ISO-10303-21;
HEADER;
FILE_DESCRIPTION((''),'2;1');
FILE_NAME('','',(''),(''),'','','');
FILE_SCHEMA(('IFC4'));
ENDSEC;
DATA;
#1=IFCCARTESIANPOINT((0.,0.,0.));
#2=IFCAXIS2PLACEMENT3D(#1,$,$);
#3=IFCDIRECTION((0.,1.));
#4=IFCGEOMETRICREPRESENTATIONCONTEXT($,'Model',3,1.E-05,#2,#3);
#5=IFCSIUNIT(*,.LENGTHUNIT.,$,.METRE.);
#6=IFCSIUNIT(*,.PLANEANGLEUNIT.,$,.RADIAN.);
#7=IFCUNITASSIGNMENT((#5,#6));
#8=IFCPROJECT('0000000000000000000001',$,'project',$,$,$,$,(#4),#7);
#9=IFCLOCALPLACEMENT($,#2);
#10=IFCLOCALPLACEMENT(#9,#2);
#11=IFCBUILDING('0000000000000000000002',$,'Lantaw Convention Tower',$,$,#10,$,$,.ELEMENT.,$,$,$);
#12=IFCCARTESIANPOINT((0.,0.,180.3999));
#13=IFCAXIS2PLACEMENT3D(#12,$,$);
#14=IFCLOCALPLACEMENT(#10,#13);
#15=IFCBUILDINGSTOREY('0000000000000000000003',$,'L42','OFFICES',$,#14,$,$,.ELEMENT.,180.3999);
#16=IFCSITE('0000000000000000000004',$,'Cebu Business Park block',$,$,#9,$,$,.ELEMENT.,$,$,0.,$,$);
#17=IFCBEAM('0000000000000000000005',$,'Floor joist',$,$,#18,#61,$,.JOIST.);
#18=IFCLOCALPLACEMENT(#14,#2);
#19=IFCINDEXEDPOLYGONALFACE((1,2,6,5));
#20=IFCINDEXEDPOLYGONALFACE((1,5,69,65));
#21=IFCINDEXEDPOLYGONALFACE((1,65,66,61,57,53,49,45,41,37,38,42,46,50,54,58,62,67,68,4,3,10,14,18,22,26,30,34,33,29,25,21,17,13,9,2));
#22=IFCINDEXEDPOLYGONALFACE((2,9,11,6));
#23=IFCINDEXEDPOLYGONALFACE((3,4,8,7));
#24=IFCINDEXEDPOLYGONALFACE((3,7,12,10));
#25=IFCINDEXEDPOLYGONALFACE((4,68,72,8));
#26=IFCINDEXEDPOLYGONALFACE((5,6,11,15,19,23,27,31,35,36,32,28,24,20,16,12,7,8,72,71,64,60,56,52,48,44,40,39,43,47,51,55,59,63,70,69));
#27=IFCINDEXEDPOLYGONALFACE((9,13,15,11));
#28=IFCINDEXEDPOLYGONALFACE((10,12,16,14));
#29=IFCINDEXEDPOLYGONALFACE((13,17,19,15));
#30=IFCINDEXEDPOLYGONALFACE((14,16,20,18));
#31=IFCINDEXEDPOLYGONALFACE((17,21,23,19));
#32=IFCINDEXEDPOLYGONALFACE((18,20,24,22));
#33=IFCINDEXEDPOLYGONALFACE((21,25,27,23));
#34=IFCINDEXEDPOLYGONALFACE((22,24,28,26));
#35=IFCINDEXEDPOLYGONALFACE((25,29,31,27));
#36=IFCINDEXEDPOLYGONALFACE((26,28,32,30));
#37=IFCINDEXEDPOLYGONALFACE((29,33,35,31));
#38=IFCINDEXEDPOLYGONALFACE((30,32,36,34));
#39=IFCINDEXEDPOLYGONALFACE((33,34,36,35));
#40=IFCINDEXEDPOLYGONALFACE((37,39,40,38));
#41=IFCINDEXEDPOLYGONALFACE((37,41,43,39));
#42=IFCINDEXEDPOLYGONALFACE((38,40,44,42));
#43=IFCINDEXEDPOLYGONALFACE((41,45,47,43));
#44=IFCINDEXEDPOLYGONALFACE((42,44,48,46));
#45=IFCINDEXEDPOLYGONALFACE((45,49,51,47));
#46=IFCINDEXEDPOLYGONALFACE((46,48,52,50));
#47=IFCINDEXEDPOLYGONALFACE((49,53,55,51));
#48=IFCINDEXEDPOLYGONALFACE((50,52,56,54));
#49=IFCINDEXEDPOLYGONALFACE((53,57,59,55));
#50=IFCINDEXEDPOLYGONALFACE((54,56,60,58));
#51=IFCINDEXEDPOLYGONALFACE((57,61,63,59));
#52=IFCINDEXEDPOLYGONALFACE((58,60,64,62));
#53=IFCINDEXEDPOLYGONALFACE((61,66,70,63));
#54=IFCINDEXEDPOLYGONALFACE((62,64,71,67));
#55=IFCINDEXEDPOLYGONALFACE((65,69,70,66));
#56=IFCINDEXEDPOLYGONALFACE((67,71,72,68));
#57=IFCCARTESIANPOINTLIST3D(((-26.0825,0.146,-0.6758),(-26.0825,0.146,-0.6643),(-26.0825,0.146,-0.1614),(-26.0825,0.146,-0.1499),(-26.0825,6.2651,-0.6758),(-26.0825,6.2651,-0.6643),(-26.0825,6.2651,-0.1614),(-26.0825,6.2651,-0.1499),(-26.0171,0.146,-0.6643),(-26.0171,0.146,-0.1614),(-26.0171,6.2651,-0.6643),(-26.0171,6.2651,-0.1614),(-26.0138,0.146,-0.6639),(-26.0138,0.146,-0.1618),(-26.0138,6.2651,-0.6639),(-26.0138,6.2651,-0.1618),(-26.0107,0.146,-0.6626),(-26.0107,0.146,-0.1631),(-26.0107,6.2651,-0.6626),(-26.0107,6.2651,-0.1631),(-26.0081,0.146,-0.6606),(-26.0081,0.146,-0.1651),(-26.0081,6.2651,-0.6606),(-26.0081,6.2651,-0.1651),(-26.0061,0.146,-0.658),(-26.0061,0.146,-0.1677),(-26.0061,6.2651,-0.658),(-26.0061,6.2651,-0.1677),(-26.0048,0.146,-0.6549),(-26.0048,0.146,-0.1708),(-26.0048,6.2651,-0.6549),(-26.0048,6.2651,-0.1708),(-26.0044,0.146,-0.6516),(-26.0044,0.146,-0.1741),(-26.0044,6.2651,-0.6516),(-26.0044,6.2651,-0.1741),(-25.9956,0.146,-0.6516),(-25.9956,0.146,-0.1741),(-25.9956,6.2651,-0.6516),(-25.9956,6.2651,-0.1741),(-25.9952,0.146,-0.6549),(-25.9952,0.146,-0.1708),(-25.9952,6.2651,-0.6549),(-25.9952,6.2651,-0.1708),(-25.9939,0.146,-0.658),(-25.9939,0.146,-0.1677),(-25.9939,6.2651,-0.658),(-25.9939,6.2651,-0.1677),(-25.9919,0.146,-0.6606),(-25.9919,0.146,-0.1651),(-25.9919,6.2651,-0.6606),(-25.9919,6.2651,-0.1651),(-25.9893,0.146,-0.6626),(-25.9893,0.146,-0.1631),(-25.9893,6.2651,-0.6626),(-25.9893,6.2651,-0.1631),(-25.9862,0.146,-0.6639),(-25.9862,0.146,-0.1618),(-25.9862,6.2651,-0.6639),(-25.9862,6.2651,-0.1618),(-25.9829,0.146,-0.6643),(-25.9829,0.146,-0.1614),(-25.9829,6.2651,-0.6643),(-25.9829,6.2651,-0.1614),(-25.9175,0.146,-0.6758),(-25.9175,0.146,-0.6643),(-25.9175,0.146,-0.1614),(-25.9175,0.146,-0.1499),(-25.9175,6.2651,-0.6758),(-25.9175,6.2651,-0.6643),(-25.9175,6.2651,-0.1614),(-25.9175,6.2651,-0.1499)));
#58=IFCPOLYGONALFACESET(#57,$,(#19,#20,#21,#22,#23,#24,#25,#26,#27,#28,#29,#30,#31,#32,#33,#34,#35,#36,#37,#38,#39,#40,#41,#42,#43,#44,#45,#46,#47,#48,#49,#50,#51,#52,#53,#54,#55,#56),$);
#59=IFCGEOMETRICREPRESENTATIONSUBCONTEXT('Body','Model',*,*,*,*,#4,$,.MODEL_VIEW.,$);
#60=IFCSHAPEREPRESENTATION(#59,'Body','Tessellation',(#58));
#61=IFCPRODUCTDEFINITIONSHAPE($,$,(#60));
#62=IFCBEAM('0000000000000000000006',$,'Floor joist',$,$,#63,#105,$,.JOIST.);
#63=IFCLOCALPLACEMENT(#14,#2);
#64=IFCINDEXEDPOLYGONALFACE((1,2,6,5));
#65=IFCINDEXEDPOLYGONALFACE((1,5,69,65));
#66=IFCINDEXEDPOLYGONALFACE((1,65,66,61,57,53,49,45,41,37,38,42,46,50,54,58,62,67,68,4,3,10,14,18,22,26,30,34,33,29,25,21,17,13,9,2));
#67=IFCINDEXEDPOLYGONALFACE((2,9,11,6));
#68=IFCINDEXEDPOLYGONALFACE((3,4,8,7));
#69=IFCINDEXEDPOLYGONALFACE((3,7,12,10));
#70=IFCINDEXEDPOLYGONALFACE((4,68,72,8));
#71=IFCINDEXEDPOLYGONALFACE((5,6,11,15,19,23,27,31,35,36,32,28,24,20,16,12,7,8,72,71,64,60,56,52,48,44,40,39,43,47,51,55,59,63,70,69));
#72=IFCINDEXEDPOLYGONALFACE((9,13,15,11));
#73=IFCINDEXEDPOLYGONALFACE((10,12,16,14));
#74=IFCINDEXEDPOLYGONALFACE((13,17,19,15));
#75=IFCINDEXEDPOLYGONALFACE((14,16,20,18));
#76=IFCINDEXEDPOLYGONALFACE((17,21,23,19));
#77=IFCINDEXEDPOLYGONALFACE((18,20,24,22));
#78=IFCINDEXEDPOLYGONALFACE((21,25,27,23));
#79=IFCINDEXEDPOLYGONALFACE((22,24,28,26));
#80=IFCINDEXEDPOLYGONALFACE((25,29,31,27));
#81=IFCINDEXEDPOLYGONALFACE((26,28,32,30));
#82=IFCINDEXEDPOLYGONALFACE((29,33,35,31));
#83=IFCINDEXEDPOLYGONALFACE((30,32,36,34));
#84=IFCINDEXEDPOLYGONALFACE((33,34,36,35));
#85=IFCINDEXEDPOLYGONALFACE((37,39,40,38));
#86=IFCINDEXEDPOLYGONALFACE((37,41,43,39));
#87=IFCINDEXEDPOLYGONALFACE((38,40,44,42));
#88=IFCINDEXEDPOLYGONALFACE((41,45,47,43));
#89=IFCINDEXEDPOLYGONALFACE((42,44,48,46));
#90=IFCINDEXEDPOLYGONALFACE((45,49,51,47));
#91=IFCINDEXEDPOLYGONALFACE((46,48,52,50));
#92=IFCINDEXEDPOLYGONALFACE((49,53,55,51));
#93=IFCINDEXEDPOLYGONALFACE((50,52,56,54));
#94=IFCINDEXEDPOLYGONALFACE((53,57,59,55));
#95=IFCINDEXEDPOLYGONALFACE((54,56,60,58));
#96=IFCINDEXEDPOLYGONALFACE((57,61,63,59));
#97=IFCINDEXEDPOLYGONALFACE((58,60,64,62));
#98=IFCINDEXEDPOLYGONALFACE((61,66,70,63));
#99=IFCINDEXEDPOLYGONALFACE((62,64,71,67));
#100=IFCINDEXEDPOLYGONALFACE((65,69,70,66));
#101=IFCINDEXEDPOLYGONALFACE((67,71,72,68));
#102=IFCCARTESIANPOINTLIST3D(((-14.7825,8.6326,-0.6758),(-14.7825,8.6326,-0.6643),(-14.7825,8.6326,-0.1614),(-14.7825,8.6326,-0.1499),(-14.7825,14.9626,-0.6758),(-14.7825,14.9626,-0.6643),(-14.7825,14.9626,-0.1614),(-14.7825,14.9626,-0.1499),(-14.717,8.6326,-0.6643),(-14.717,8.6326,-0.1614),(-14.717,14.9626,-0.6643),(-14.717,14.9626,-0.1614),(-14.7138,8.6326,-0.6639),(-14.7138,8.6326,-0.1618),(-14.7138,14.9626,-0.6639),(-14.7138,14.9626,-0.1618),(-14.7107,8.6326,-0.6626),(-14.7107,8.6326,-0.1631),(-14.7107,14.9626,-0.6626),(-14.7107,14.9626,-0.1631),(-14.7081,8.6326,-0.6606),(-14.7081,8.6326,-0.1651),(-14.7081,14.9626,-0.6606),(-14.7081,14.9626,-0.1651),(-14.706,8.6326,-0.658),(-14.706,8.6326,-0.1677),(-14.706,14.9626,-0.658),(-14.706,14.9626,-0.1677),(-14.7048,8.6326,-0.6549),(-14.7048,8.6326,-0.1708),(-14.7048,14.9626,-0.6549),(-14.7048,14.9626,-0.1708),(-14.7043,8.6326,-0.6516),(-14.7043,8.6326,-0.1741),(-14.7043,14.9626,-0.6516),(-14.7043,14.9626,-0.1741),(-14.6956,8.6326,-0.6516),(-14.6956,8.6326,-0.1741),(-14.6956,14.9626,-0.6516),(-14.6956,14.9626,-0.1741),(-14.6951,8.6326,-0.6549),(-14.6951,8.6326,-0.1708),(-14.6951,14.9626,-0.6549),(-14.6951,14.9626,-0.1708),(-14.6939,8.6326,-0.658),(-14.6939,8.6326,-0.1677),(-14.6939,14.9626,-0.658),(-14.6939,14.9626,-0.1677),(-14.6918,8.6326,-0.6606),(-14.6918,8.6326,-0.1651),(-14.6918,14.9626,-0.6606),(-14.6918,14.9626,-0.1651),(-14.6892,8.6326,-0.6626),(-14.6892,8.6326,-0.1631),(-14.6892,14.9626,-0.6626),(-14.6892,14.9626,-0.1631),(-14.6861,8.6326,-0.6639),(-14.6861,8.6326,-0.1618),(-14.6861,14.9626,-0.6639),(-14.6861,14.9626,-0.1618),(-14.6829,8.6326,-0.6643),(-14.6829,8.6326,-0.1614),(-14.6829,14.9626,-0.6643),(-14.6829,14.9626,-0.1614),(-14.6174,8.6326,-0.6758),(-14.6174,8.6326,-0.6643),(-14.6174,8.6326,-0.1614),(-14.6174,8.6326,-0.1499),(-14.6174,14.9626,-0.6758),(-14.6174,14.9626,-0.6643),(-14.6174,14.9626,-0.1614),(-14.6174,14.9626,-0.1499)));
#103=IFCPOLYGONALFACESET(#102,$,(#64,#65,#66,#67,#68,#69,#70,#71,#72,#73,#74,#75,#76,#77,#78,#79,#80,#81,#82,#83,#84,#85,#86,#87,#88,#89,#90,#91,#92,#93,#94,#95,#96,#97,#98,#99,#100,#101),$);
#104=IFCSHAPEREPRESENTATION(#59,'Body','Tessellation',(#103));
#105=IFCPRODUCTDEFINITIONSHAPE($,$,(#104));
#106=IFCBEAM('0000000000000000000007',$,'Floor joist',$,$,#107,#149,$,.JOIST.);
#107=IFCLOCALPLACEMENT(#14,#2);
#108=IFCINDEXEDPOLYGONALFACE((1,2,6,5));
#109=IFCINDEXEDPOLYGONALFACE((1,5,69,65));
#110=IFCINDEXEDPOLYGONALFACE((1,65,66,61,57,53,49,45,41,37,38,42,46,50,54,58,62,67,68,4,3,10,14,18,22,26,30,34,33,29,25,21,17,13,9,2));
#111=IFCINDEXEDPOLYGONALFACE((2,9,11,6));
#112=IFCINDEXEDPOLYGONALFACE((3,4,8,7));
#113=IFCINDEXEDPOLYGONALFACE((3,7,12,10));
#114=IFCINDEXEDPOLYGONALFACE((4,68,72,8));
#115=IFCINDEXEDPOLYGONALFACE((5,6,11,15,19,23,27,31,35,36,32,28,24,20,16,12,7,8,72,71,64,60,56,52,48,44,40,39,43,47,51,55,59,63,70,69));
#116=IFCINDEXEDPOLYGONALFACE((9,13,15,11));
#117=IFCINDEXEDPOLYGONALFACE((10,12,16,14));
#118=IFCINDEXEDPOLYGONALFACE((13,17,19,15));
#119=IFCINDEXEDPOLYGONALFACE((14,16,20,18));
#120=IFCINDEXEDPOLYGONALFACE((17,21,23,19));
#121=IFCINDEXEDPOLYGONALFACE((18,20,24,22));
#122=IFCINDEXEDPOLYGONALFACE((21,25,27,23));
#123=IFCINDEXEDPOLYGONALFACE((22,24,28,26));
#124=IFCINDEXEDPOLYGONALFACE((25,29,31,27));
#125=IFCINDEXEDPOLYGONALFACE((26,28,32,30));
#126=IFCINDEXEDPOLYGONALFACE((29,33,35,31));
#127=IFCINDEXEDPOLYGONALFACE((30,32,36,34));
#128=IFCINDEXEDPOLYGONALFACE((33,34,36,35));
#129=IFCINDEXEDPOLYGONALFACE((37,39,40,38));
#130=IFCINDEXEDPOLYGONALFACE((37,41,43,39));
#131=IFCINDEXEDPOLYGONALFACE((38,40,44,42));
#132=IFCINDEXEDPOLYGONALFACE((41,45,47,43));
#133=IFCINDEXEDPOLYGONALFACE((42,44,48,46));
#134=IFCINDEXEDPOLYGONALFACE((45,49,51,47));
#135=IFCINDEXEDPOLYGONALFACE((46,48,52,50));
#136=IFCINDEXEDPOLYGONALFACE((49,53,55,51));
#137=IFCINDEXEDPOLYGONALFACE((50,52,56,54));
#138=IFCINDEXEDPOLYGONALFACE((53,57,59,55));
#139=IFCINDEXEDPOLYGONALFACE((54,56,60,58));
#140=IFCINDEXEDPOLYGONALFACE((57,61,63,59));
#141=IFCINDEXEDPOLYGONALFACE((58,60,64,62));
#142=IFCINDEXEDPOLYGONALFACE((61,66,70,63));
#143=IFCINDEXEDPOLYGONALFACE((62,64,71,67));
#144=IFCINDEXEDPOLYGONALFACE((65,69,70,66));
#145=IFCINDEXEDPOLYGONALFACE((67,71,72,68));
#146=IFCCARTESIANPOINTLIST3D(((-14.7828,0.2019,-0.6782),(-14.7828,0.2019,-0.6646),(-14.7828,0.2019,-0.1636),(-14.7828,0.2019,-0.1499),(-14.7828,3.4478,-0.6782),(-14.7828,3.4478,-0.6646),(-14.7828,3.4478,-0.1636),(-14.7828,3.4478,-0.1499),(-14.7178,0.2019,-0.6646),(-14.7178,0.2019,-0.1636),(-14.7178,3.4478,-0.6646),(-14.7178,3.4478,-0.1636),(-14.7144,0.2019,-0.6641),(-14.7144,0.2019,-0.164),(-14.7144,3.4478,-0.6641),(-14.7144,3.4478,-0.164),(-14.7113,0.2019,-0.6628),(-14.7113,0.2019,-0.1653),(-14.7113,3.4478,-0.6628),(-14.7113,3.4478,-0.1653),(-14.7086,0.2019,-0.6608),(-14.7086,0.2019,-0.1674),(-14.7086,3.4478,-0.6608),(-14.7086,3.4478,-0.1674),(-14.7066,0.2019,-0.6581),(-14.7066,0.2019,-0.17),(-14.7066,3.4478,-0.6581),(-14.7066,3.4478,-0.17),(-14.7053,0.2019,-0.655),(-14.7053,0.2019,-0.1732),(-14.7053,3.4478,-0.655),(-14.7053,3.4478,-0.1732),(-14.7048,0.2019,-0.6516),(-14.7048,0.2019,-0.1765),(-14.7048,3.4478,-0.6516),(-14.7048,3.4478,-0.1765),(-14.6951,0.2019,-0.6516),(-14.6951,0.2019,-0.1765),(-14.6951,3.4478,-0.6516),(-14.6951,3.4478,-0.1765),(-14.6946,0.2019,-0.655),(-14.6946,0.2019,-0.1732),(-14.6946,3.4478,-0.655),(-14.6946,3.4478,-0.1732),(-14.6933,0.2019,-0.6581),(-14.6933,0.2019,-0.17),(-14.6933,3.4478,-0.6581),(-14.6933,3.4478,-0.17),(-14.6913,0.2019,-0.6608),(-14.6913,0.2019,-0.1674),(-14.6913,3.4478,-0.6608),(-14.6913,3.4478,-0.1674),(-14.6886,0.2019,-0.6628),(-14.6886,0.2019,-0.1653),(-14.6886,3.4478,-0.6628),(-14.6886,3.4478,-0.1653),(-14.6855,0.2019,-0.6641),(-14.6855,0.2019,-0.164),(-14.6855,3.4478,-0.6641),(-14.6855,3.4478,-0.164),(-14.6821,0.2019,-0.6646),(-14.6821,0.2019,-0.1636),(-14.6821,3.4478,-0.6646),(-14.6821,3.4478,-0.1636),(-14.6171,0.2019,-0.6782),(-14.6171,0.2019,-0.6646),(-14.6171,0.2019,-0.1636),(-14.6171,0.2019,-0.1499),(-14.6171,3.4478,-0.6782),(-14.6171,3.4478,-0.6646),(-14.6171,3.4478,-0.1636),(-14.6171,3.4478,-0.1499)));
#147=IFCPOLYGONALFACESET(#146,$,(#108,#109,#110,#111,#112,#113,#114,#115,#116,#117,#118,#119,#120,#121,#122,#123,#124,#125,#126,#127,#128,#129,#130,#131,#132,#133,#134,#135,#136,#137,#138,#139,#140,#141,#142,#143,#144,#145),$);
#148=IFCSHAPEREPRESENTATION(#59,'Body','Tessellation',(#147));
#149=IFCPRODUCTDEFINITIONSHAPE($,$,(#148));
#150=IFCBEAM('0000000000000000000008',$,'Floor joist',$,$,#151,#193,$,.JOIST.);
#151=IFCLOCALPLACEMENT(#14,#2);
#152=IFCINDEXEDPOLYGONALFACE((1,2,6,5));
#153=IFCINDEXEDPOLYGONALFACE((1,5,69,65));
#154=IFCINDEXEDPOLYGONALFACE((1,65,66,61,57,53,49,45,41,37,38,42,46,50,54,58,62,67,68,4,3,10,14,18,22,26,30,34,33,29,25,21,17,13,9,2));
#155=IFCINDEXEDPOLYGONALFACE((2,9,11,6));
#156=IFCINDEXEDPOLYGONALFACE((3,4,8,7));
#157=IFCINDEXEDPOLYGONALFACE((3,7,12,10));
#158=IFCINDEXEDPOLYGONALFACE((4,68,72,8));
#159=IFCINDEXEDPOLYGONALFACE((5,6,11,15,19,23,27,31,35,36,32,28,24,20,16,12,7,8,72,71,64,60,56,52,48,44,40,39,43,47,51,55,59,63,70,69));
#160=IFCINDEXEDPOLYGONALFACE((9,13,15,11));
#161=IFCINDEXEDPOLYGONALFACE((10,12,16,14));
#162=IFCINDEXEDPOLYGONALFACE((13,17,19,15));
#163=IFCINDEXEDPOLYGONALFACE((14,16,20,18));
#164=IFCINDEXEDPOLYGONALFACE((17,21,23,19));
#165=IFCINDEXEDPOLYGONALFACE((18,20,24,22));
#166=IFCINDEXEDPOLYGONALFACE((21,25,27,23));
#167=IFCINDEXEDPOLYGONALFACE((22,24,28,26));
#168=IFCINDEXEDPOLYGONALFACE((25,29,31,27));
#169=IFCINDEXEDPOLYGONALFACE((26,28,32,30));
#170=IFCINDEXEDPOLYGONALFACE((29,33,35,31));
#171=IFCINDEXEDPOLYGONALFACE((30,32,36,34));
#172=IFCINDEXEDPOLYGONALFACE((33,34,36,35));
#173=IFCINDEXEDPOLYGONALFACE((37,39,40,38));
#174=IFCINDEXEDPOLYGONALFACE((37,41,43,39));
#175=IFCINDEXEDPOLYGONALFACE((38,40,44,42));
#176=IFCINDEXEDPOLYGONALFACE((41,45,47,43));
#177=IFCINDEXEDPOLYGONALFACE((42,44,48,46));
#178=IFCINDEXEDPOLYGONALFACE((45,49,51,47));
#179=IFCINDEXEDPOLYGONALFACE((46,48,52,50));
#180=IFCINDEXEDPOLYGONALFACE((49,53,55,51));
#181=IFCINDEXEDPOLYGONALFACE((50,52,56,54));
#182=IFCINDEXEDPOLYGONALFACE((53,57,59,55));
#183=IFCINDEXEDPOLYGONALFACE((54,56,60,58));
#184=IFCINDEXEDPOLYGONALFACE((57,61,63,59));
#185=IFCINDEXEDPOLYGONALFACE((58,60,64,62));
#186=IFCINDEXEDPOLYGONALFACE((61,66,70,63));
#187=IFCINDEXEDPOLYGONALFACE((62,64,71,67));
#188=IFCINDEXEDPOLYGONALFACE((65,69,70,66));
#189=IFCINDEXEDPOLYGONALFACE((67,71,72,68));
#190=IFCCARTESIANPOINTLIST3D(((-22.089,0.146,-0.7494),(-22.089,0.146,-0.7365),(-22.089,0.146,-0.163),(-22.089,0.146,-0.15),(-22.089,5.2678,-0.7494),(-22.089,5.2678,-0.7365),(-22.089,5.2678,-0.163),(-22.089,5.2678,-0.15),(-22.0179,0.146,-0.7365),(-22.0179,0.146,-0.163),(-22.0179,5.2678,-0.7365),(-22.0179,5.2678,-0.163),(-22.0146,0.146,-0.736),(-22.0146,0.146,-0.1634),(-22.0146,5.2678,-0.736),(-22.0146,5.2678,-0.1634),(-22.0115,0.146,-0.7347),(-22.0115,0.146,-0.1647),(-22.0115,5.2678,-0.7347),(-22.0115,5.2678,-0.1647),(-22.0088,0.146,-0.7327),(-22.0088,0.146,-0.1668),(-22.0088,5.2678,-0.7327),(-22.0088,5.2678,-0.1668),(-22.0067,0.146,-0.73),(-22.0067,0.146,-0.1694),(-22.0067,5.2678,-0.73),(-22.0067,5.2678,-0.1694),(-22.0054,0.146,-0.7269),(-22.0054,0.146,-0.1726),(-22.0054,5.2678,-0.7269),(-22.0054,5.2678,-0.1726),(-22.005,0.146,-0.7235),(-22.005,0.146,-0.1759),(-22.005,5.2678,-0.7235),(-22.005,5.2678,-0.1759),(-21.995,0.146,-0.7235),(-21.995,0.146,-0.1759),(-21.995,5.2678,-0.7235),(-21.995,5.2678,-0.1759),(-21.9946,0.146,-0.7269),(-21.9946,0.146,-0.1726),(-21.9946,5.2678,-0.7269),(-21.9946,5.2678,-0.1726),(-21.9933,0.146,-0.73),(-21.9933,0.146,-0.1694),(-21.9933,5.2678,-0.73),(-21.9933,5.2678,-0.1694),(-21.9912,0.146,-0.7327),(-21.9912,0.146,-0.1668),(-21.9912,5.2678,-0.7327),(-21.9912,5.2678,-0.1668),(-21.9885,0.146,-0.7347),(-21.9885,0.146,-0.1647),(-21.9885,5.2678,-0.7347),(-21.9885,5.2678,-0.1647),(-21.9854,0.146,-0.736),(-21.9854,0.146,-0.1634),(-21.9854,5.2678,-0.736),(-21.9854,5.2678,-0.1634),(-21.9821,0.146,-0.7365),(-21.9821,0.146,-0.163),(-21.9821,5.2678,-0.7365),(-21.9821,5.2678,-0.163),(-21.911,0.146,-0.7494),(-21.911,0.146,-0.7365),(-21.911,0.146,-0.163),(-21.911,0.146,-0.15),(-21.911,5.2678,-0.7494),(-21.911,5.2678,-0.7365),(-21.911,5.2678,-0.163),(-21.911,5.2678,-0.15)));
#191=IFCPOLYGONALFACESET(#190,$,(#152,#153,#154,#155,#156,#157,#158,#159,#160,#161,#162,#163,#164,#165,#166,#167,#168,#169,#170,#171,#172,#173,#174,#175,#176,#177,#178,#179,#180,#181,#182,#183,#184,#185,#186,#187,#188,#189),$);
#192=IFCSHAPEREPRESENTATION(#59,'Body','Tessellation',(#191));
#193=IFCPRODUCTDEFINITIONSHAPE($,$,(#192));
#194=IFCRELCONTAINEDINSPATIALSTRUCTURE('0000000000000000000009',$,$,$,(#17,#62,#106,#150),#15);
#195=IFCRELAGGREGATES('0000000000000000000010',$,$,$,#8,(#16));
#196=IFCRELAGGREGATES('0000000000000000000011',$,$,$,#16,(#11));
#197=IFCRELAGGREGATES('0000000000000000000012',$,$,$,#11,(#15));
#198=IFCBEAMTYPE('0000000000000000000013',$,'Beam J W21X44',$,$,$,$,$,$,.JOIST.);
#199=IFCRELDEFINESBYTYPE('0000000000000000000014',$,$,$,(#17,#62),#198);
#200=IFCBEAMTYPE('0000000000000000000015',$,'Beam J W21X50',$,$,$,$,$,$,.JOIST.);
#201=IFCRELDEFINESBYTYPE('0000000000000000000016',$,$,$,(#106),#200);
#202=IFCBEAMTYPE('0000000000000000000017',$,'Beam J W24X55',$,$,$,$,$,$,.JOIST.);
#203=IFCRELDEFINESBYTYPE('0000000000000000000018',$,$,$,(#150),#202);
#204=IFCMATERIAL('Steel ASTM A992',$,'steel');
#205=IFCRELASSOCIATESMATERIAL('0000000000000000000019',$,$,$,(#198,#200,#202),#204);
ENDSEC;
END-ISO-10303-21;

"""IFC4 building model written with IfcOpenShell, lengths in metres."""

from ifc_helpers import new_model, si_unit, direction, frame, origin, origin_2d, place, context, subcontext, project, spatial, i_section, extrude, material, material_profile, profile_set, type_object, element, save


model = new_model("IFC4")

# Units and contexts
model_context = context("Model", 3, precision=1e-05, world=origin(), true_north=direction((0.0, 1.0)))
body_context = subcontext(model_context, "Body", "Model", "MODEL_VIEW")
ifc_project = project(units=[si_unit("LENGTHUNIT", "METRE"), si_unit("PLANEANGLEUNIT", "RADIAN")], contexts=[model_context])

# Site, building, storey
site_placement = place(None, origin())
site = spatial("IfcSite", under=ifc_project, at=site_placement, Name="Cebu Business Park block", CompositionType="ELEMENT", RefElevation=0.0)
building_placement = place(site_placement, origin())
building = spatial("IfcBuilding", under=site, at=building_placement, Name="Lantaw Convention Tower", CompositionType="ELEMENT")
storey_placement = place(building_placement, frame((0.0, 0.0, 180.3999)))
storey = spatial("IfcBuildingStorey", under=building, at=storey_placement, Name="L42", Description="OFFICES", CompositionType="ELEMENT", Elevation=180.3999)

# Beams
ifc_material_1 = material(Name="Steel ASTM A992", Category="steel")
ifc_material_profile_1 = material_profile(ifc_material_1, i_section(OverallWidth=0.165, OverallDepth=0.5259, WebThickness=0.0088, FlangeThickness=0.0115, FilletRadius=0.0127, at=origin_2d()), Name="W21X44")
ifc_profile_set_1 = profile_set([ifc_material_profile_1], Name="Steel ASTM A992")
beam_type_1 = type_object("IfcBeamType", Name="Beam J W21X44", PredefinedType="JOIST", material=ifc_profile_set_1)
beam_1_placement = place(storey_placement, frame((-26.0, 0.146, -0.4128), z_axis=(0.0, 1.0, 0.0), x_axis=(-1.0, 0.0, 0.0)))
element("IfcBeam", 1, at=beam_1_placement, inside=storey, type_object=beam_type_1, Name="Floor joist", PredefinedType="JOIST", context=body_context, shape_type="SweptSolid", body=[
    extrude(i_section(OverallWidth=0.165, OverallDepth=0.5259, WebThickness=0.0088, FlangeThickness=0.0115, FilletRadius=0.0127, at=origin_2d()), origin(), (0.0, 0.0, 1.0), 6.1191),
])
beam_2_placement = place(storey_placement, frame((-14.7, 8.6326, -0.4128), z_axis=(0.0, 1.0, 0.0), x_axis=(-1.0, 0.0, 0.0)))
element("IfcBeam", 2, at=beam_2_placement, inside=storey, type_object=beam_type_1, Name="Floor joist", PredefinedType="JOIST", context=body_context, shape_type="SweptSolid", body=[
    extrude(i_section(OverallWidth=0.165, OverallDepth=0.5259, WebThickness=0.0088, FlangeThickness=0.0115, FilletRadius=0.0127, at=origin_2d()), origin(), (0.0, 0.0, 1.0), 6.3301),
])
ifc_material_profile_2 = material_profile(ifc_material_1, i_section(OverallWidth=0.1658, OverallDepth=0.5283, WebThickness=0.0098, FlangeThickness=0.0137, FilletRadius=0.0129, at=origin_2d()), Name="W21X50")
ifc_profile_set_2 = profile_set([ifc_material_profile_2], Name="Steel ASTM A992")
beam_type_2 = type_object("IfcBeamType", Name="Beam J W21X50", PredefinedType="JOIST", material=ifc_profile_set_2)
beam_3_placement = place(storey_placement, frame((-14.7, 0.2019, -0.4141), z_axis=(0.0, 1.0, 0.0), x_axis=(-1.0, 0.0, 0.0)))
element("IfcBeam", 3, at=beam_3_placement, inside=storey, type_object=beam_type_2, Name="Floor joist", PredefinedType="JOIST", context=body_context, shape_type="SweptSolid", body=[
    extrude(i_section(OverallWidth=0.1658, OverallDepth=0.5283, WebThickness=0.0098, FlangeThickness=0.0137, FilletRadius=0.0129, at=origin_2d()), origin(), (0.0, 0.0, 1.0), 3.2458),
])
ifc_material_profile_3 = material_profile(ifc_material_1, i_section(OverallWidth=0.178, OverallDepth=0.5994, WebThickness=0.01, FlangeThickness=0.0129, FilletRadius=0.0129, at=origin_2d()), Name="W24X55")
ifc_profile_set_3 = profile_set([ifc_material_profile_3], Name="Steel ASTM A992")
beam_type_3 = type_object("IfcBeamType", Name="Beam J W24X55", PredefinedType="JOIST", material=ifc_profile_set_3)
beam_4_placement = place(storey_placement, frame((-22.0, 0.146, -0.4497), z_axis=(0.0, 1.0, 0.0), x_axis=(-1.0, 0.0, 0.0)))
element("IfcBeam", 4, at=beam_4_placement, inside=storey, type_object=beam_type_3, Name="Floor joist", PredefinedType="JOIST", context=body_context, shape_type="SweptSolid", body=[
    extrude(i_section(OverallWidth=0.178, OverallDepth=0.5994, WebThickness=0.01, FlangeThickness=0.0129, FilletRadius=0.0129, at=origin_2d()), origin(), (0.0, 0.0, 1.0), 5.1218),
])

save(model, "model.ifc")
